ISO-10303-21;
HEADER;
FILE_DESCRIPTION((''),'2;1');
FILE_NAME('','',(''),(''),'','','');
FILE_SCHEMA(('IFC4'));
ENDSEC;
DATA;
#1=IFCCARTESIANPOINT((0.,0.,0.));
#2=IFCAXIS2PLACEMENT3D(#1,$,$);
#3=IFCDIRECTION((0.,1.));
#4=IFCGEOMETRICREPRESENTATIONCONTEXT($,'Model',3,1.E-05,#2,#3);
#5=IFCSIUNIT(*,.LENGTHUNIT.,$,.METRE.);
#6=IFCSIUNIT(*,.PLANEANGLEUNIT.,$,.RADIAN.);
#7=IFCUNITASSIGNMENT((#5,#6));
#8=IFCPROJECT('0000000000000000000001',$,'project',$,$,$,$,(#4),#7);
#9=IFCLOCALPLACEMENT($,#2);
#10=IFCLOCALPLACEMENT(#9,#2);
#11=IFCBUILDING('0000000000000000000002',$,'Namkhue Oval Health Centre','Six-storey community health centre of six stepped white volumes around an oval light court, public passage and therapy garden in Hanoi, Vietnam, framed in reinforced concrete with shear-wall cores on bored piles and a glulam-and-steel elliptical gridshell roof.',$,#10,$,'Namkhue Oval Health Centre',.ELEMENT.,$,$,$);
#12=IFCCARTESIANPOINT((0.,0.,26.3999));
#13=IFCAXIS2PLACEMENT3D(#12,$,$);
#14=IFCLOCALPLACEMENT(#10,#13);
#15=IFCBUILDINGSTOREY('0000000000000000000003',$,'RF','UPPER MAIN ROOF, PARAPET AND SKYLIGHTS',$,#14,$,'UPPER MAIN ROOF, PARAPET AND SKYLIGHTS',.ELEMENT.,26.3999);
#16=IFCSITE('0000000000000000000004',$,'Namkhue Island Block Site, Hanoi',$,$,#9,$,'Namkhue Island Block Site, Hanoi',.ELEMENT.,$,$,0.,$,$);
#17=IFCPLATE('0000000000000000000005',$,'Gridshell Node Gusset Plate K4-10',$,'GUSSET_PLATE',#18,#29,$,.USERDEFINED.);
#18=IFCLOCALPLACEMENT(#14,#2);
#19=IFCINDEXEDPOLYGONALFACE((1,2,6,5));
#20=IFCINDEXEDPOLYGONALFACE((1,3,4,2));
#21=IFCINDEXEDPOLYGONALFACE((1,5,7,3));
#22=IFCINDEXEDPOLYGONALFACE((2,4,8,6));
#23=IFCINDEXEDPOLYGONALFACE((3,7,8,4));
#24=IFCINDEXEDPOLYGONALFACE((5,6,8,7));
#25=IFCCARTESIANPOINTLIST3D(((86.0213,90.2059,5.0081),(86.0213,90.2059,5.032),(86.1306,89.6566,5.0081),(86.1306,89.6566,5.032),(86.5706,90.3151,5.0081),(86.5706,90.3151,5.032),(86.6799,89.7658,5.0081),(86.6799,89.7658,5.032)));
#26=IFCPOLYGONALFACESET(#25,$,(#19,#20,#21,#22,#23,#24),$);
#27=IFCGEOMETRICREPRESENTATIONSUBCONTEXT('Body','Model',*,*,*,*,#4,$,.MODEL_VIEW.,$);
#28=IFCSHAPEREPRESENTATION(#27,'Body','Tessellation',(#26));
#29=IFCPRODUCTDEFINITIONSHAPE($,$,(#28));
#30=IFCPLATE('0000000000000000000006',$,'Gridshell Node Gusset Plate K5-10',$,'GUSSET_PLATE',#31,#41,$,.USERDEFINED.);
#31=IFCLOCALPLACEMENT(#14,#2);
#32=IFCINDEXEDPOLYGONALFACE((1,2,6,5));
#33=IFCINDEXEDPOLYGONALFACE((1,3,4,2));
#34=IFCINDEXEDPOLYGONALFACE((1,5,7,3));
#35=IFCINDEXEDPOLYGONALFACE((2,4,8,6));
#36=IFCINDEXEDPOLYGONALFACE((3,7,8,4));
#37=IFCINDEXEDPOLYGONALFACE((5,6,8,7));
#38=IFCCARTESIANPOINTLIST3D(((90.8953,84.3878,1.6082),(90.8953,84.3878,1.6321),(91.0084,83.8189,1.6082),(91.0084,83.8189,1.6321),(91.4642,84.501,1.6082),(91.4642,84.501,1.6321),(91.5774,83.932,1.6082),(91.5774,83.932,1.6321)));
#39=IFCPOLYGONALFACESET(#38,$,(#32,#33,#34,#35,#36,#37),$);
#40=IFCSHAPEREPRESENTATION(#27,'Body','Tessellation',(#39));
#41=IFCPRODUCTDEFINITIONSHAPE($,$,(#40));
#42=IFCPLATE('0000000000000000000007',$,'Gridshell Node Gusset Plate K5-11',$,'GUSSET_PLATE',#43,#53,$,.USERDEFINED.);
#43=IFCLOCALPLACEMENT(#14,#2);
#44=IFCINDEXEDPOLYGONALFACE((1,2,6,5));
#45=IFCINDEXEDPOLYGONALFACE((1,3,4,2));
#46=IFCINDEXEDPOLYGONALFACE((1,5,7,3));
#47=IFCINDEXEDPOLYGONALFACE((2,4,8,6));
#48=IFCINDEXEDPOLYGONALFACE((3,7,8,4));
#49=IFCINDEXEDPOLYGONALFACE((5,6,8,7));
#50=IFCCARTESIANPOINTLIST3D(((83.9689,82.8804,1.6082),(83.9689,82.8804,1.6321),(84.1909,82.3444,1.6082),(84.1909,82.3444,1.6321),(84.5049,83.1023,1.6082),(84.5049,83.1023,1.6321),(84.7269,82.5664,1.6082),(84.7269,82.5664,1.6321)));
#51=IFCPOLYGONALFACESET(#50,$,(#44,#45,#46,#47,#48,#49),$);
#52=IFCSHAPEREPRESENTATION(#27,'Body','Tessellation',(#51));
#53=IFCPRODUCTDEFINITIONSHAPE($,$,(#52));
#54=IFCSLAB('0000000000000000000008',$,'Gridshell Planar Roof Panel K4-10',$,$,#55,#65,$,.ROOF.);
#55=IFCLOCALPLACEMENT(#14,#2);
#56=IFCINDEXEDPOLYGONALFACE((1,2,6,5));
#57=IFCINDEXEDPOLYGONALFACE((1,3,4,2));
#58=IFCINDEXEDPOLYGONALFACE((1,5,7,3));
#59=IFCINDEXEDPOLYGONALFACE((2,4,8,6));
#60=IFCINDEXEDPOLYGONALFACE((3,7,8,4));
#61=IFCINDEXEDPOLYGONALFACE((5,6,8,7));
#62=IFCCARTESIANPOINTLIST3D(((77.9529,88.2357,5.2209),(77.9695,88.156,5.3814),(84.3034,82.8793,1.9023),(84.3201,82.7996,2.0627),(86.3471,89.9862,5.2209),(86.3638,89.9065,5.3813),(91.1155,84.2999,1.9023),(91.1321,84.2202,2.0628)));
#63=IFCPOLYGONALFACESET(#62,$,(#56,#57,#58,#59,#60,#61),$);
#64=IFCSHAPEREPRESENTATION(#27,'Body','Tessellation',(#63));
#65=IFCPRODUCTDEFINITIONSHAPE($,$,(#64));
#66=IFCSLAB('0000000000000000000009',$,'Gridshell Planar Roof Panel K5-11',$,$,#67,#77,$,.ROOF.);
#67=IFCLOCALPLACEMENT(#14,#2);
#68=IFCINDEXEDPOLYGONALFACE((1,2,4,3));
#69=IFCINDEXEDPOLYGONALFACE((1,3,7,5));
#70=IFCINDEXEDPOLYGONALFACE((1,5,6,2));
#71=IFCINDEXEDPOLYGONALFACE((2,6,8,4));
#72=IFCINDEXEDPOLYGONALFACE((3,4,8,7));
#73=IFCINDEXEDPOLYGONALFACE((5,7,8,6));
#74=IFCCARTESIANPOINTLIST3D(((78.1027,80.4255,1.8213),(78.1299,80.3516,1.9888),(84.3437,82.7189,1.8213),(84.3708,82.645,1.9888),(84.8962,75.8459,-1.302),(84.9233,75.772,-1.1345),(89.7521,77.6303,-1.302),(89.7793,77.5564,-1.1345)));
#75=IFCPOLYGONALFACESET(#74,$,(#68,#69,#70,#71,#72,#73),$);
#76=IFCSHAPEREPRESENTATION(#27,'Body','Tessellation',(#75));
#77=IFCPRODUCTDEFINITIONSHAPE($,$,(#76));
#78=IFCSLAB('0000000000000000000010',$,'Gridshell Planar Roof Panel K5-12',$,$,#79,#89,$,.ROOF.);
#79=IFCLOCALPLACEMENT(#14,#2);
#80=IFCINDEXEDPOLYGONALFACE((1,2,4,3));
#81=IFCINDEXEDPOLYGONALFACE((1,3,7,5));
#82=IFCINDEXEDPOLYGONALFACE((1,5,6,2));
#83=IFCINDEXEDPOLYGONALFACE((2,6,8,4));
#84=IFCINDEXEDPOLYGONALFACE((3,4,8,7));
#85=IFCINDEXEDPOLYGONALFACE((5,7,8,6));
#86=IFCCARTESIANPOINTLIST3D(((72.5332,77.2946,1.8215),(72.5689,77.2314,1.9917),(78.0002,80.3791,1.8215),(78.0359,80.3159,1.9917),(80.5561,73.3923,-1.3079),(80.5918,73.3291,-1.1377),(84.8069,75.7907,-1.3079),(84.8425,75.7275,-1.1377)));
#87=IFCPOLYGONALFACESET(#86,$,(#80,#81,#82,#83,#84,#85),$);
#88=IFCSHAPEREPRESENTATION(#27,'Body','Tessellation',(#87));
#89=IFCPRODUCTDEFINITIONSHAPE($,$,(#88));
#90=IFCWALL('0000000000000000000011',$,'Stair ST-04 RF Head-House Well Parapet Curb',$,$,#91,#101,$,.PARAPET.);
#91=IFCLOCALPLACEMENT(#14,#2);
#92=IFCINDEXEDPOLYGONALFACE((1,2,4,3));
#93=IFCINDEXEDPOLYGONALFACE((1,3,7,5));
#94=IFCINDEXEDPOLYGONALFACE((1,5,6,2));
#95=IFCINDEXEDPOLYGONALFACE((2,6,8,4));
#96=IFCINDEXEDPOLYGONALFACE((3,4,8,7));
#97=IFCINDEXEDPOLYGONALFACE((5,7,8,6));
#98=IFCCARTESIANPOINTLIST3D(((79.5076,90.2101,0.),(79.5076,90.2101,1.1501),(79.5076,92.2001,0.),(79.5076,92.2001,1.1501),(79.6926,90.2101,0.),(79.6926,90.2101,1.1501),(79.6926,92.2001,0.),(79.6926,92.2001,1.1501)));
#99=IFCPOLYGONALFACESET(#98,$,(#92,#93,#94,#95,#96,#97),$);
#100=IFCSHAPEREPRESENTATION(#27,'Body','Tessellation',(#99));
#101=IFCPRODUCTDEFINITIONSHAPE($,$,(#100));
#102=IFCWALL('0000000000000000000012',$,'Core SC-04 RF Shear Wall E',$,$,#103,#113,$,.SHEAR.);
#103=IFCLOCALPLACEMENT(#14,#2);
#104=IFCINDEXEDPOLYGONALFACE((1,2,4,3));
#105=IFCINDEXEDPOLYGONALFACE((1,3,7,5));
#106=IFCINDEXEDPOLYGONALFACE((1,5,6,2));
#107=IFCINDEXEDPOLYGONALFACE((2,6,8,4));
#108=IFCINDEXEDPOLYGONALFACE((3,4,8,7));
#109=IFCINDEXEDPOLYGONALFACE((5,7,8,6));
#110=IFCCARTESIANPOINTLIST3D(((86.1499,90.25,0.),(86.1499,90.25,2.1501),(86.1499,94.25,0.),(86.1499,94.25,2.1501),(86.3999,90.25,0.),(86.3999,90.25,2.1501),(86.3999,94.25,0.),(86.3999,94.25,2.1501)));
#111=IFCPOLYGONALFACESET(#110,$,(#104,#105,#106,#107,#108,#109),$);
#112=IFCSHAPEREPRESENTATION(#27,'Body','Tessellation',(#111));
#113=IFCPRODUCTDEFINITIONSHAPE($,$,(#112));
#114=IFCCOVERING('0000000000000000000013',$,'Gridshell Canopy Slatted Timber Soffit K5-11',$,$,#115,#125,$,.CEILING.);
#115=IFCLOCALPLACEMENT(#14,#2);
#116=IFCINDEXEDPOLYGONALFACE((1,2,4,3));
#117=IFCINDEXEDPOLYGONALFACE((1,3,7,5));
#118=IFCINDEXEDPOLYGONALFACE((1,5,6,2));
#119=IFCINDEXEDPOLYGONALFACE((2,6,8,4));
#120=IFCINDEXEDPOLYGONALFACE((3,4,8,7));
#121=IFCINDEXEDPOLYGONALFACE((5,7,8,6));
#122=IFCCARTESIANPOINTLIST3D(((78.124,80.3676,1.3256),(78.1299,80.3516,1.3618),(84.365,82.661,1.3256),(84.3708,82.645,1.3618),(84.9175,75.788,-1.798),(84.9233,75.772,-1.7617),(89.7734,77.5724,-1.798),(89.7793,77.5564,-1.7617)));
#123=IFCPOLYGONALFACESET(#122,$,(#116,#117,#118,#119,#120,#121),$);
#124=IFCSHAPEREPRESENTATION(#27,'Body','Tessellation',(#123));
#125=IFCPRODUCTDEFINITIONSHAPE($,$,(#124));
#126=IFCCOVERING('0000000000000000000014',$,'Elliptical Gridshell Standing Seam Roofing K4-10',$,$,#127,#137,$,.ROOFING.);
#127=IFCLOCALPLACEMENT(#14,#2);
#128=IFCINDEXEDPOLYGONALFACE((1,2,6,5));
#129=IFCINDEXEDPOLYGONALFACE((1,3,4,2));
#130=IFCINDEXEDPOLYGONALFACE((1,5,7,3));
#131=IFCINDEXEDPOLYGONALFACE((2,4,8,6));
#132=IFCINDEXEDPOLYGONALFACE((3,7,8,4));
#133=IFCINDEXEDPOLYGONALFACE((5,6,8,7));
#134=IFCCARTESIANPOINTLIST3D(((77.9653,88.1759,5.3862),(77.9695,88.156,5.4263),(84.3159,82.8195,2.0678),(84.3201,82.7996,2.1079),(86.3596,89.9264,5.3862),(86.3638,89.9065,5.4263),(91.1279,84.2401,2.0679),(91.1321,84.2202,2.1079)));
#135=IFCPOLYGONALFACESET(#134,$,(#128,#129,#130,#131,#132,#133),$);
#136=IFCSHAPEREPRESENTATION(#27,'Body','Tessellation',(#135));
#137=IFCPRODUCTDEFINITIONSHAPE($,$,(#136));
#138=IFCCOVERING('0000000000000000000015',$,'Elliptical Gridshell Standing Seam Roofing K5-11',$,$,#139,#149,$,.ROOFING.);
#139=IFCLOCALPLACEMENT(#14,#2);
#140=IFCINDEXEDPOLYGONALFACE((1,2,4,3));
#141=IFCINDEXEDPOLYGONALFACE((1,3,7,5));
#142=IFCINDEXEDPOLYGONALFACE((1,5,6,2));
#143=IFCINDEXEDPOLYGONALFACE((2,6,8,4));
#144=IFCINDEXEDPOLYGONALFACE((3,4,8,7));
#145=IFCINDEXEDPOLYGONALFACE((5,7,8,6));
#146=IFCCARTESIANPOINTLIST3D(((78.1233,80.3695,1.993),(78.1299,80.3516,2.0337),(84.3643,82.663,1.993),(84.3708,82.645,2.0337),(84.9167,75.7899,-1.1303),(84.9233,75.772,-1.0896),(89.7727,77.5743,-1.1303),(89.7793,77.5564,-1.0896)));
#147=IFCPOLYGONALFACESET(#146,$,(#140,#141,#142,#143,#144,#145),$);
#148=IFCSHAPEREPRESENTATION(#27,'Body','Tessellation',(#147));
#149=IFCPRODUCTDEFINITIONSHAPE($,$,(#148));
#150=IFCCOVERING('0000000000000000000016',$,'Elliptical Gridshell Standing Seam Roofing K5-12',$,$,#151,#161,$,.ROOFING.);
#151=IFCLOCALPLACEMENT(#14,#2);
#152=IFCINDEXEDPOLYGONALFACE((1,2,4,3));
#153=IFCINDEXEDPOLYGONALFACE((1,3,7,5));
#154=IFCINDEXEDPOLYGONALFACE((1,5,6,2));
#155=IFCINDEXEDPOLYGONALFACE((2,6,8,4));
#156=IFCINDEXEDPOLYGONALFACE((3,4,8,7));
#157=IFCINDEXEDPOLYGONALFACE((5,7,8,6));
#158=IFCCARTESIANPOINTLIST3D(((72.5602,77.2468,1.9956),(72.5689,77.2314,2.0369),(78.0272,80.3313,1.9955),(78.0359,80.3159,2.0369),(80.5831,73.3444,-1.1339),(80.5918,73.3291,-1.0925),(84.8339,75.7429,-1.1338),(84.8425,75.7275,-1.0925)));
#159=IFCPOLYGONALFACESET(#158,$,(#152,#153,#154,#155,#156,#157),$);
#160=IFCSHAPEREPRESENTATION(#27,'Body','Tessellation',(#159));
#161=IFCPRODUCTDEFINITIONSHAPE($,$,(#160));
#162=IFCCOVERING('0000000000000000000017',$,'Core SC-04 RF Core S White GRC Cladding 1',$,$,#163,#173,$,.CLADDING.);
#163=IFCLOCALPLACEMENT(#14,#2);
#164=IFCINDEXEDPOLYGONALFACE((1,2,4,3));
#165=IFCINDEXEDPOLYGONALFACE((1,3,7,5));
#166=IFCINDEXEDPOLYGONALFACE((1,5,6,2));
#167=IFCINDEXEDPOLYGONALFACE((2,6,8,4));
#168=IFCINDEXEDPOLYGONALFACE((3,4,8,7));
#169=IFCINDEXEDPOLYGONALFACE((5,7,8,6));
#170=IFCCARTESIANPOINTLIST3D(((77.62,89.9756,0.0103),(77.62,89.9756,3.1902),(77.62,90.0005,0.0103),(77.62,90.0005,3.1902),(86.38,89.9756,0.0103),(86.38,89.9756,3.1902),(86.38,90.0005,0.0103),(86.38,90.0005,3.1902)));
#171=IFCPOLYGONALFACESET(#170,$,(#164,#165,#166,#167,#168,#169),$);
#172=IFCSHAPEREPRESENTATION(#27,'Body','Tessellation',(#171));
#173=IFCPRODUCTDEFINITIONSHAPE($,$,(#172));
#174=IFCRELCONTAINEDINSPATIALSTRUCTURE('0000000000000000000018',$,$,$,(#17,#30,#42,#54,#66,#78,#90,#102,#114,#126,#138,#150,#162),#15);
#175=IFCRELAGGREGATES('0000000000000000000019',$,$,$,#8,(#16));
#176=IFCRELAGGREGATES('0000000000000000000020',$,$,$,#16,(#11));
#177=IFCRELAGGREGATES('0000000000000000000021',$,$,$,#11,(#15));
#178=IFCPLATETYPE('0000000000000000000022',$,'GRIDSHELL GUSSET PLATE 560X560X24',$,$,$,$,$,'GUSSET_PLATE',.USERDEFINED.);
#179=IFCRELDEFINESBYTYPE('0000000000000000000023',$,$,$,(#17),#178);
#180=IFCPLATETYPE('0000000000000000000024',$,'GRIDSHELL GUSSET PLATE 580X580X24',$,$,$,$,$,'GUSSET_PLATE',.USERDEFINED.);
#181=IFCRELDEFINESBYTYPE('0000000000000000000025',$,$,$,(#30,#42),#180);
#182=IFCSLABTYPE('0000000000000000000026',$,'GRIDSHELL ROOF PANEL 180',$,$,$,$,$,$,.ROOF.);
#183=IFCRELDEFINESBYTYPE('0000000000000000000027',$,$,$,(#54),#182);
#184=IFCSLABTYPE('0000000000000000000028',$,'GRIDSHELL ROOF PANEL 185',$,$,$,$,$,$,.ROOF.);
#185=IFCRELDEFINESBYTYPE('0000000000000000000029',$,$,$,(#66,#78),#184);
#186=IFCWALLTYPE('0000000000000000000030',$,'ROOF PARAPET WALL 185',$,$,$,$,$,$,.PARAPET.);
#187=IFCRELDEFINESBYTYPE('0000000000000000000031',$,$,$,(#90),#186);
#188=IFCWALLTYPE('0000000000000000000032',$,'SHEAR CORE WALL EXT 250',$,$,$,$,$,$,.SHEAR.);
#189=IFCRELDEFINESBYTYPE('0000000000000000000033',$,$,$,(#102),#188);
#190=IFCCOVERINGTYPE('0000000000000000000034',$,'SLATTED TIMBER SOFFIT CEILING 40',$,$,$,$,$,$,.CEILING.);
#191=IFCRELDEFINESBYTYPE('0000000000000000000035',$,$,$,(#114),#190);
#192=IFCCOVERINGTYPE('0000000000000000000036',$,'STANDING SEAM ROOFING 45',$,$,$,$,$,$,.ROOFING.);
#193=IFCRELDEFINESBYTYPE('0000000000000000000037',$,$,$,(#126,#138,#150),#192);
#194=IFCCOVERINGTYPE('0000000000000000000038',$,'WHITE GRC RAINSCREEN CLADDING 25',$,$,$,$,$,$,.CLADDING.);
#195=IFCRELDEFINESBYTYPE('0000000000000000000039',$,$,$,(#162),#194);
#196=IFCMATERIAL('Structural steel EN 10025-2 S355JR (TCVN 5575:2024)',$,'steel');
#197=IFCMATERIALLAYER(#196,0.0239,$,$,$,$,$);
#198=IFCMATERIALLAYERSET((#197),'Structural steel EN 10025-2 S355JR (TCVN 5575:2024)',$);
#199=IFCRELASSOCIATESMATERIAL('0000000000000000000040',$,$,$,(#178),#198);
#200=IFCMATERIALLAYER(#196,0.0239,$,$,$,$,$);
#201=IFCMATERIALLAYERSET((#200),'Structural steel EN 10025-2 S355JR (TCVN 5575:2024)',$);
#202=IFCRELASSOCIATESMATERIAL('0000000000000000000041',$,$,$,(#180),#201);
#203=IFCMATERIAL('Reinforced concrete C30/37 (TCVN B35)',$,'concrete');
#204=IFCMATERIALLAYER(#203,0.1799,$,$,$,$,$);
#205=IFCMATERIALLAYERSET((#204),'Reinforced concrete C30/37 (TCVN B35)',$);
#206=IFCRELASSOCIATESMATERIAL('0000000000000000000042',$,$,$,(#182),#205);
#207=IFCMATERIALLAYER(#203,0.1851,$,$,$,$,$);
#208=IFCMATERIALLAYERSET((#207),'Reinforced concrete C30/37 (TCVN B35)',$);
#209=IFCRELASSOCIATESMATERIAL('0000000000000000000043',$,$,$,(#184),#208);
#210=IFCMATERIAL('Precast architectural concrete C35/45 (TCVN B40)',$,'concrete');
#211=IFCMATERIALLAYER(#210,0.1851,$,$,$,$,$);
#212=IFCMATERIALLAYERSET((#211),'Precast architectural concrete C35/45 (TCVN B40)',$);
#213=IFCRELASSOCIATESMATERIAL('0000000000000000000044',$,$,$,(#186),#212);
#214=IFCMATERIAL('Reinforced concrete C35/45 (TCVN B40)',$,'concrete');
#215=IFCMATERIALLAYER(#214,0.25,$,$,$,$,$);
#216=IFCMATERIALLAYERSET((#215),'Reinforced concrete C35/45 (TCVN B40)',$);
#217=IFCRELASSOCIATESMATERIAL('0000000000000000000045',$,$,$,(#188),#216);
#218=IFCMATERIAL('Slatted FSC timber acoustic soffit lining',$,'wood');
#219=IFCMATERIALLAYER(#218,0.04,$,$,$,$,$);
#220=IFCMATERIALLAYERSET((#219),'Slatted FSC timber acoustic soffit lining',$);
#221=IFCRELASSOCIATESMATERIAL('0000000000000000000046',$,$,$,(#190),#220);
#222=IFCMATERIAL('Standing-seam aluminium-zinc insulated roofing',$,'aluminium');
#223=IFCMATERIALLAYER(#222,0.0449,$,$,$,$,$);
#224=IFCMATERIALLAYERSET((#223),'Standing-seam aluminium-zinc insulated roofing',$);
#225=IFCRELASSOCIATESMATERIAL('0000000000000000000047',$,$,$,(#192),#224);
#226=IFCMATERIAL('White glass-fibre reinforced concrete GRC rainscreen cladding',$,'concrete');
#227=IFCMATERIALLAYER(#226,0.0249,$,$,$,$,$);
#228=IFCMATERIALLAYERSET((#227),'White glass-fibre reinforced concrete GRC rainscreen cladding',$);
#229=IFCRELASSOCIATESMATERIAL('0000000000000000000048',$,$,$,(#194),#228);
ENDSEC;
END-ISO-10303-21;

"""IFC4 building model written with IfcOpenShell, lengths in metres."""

from ifc_helpers import new_model, si_unit, direction, frame, frame_2d, origin, origin_2d, place, context, subcontext, project, spatial, polyline, rectangle, outline, extrude, material, layer, layer_set, type_object, element, save


model = new_model("IFC4")

# Units and contexts
model_context = context("Model", 3, precision=1e-05, world=origin(), true_north=direction((0.0, 1.0)))
body_context = subcontext(model_context, "Body", "Model", "MODEL_VIEW")
ifc_project = project(units=[si_unit("LENGTHUNIT", "METRE"), si_unit("PLANEANGLEUNIT", "RADIAN")], contexts=[model_context])

# Site, building, storey
site_placement = place(None, origin())
site = spatial("IfcSite", under=ifc_project, at=site_placement, Name="Namkhue Island Block Site, Hanoi", LongName="Namkhue Island Block Site, Hanoi", CompositionType="ELEMENT", RefElevation=0.0)
building_placement = place(site_placement, origin())
building = spatial("IfcBuilding", under=site, at=building_placement, Name="Namkhue Oval Health Centre", Description="Six-storey community health centre of six stepped white volumes around an oval light court, public passage and therapy garden in Hanoi, Vietnam, framed in reinforced concrete with shear-wall cores on bored piles and a glulam-and-steel elliptical gridshell roof.", LongName="Namkhue Oval Health Centre", CompositionType="ELEMENT")
storey_placement = place(building_placement, frame((0.0, 0.0, 26.3999)))
storey = spatial("IfcBuildingStorey", under=building, at=storey_placement, Name="RF", Description="UPPER MAIN ROOF, PARAPET AND SKYLIGHTS", LongName="UPPER MAIN ROOF, PARAPET AND SKYLIGHTS", CompositionType="ELEMENT", Elevation=26.3999)

# Shared definitions
ifc_material_1 = material(Name="Structural steel EN 10025-2 S355JR (TCVN 5575:2024)", Category="steel")

# Plates
ifc_layer_1 = layer(ifc_material_1, 0.0239)
ifc_layer_set_1 = layer_set([ifc_layer_1], Name="Structural steel EN 10025-2 S355JR (TCVN 5575:2024)")
plate_type_1 = type_object("IfcPlateType", Name="GRIDSHELL GUSSET PLATE 560X560X24", ElementType="GUSSET_PLATE", PredefinedType="USERDEFINED", material=ifc_layer_set_1)
plate_placement = place(storey_placement, frame((86.3506, 89.9858, 5.0081), z_axis=(0.0, 0.0, 1.0), x_axis=(-0.19509, 0.980785, 0.0)))
element("IfcPlate", 1, at=plate_placement, inside=storey, type_object=plate_type_1, Name="Gridshell Node Gusset Plate K4-10", ObjectType="GUSSET_PLATE", PredefinedType="USERDEFINED", context=body_context, shape_type="SweptSolid", body=[
    extrude(rectangle(XDim=0.5601, YDim=0.5601, at=origin_2d()), origin(), (0.0, 0.0, 1.0), 0.0239),
])
ifc_layer_2 = layer(ifc_material_1, 0.0239)
ifc_layer_set_2 = layer_set([ifc_layer_2], Name="Structural steel EN 10025-2 S355JR (TCVN 5575:2024)")
plate_type_2 = type_object("IfcPlateType", Name="GRIDSHELL GUSSET PLATE 580X580X24", ElementType="GUSSET_PLATE", PredefinedType="USERDEFINED", material=ifc_layer_set_2)
for number, where, z_axis, x_axis, name in (
    (2, (91.2363, 84.1599, 1.6082), (0.0, 0.0, 1.0), (-0.19509, 0.980785, 0.0), "Gridshell Node Gusset Plate K5-10"),
    (3, (84.3479, 82.7234, 1.6082), (0.0, 0.0, 1.0), (-0.382683, 0.92388, 0.0), "Gridshell Node Gusset Plate K5-11"),
):
    element("IfcPlate", number, at=place(storey_placement, frame(where, z_axis=z_axis, x_axis=x_axis)), inside=storey, type_object=plate_type_2, Name=name, ObjectType="GUSSET_PLATE", PredefinedType="USERDEFINED", context=body_context, shape_type="SweptSolid", body=[
        extrude(rectangle(XDim=0.5801, YDim=0.5801, at=origin_2d()), origin(), (0.0, 0.0, 1.0), 0.0239),
    ])

# Slabs
ifc_material_2 = material(Name="Reinforced concrete C30/37 (TCVN B35)", Category="concrete")
ifc_layer_3 = layer(ifc_material_2, 0.1799)
ifc_layer_set_3 = layer_set([ifc_layer_3], Name="Reinforced concrete C30/37 (TCVN B35)")
slab_type_1 = type_object("IfcSlabType", Name="GRIDSHELL ROOF PANEL 180", PredefinedType="ROOF", material=ifc_layer_set_3)
slab_1_placement = place(storey_placement, frame((86.3638, 89.9065, 5.3813), z_axis=(0.092379, -0.442976, 0.891762), x_axis=(-0.978941, -0.204143, 0.000003)))
element("IfcSlab", 4, at=slab_1_placement, inside=storey, type_object=slab_type_1, Name="Gridshell Planar Roof Panel K4-10", PredefinedType="ROOF", context=body_context, shape_type="SweptSolid", body=[
    extrude(outline(polyline([(0.0, 0.0), (8.5749, 0.0), (3.4515, 7.3339), (-3.5071, 7.3338), (0.0, 0.0)])), origin(), (0.0, 0.0, -1.0), 0.1799),
])
ifc_layer_4 = layer(ifc_material_2, 0.1851)
ifc_layer_set_4 = layer_set([ifc_layer_4], Name="Reinforced concrete C30/37 (TCVN B35)")
slab_type_2 = type_object("IfcSlabType", Name="GRIDSHELL ROOF PANEL 185", PredefinedType="ROOF", material=ifc_layer_set_4)
slab_2_placement = place(storey_placement, frame((84.3708, 82.645, 1.9888), z_axis=(0.146781, -0.399428, 0.904938), x_axis=(-0.938628, -0.34493, -0.000002)))
element("IfcSlab", 5, at=slab_2_placement, inside=storey, type_object=slab_type_2, Name="Gridshell Planar Roof Panel K5-11", PredefinedType="ROOF", context=body_context, shape_type="SweptSolid", body=[
    extrude(outline(polyline([(0.0, 0.0), (6.649, 0.0), (1.8521, 7.3395), (-3.3213, 7.3396), (0.0, 0.0)])), origin(), (0.0, 0.0, -1.0), 0.1851),
])
slab_3_placement = place(storey_placement, frame((78.0359, 80.3159, 1.9917), z_axis=(0.192698, -0.341532, 0.919904), x_axis=(-0.870943, -0.491384, 0.000006)))
element("IfcSlab", 6, at=slab_3_placement, inside=storey, type_object=slab_type_2, Name="Gridshell Planar Roof Panel K5-12", PredefinedType="ROOF", context=body_context, shape_type="SweptSolid", body=[
    extrude(outline(polyline([(0.0, 0.0), (6.2771, 0.0), (1.2071, 7.9802), (-3.6736, 7.9801), (0.0, 0.0)])), origin(), (0.0, 0.0, -1.0), 0.1851),
])

# Walls
ifc_material_3 = material(Name="Precast architectural concrete C35/45 (TCVN B40)", Category="concrete")
ifc_layer_5 = layer(ifc_material_3, 0.1851)
ifc_layer_set_5 = layer_set([ifc_layer_5], Name="Precast architectural concrete C35/45 (TCVN B40)")
wall_type_1 = type_object("IfcWallType", Name="ROOF PARAPET WALL 185", PredefinedType="PARAPET", material=ifc_layer_set_5)
wall_1_placement = place(storey_placement, frame((79.6001, 90.21, 0.0), z_axis=(0.0, 0.0, 1.0), x_axis=(0.0, 1.0, 0.0)))
element("IfcWall", 7, at=wall_1_placement, inside=storey, type_object=wall_type_1, Name="Stair ST-04 RF Head-House Well Parapet Curb", PredefinedType="PARAPET", context=body_context, shape_type="SweptSolid", body=[
    extrude(rectangle(XDim=1.99, YDim=0.1851, at=frame_2d((0.9951, 0.0))), origin(), (0.0, 0.0, 1.0), 1.1501),
])
ifc_material_4 = material(Name="Reinforced concrete C35/45 (TCVN B40)", Category="concrete")
ifc_layer_6 = layer(ifc_material_4, 0.25)
ifc_layer_set_6 = layer_set([ifc_layer_6], Name="Reinforced concrete C35/45 (TCVN B40)")
wall_type_2 = type_object("IfcWallType", Name="SHEAR CORE WALL EXT 250", PredefinedType="SHEAR", material=ifc_layer_set_6)
wall_2_placement = place(storey_placement, frame((86.2749, 90.25, 0.0), z_axis=(0.0, 0.0, 1.0), x_axis=(0.0, 1.0, 0.0)))
element("IfcWall", 8, at=wall_2_placement, inside=storey, type_object=wall_type_2, Name="Core SC-04 RF Shear Wall E", PredefinedType="SHEAR", context=body_context, shape_type="SweptSolid", body=[
    extrude(rectangle(XDim=4.0, YDim=0.25, at=frame_2d((2.0, 0.0))), origin(), (0.0, 0.0, 1.0), 2.1501),
])

# Coverings
ifc_material_5 = material(Name="Slatted FSC timber acoustic soffit lining", Category="wood")
ifc_layer_7 = layer(ifc_material_5, 0.04)
ifc_layer_set_7 = layer_set([ifc_layer_7], Name="Slatted FSC timber acoustic soffit lining")
covering_type_1 = type_object("IfcCoveringType", Name="SLATTED TIMBER SOFFIT CEILING 40", PredefinedType="CEILING", material=ifc_layer_set_7)
covering_1_placement = place(storey_placement, frame((84.3708, 82.645, 1.3618), z_axis=(0.146791, -0.399454, 0.904925), x_axis=(-0.938628, -0.34493, -0.000002)))
element("IfcCovering", 9, at=covering_1_placement, inside=storey, type_object=covering_type_1, Name="Gridshell Canopy Slatted Timber Soffit K5-11", PredefinedType="CEILING", context=body_context, shape_type="SweptSolid", body=[
    extrude(outline(polyline([(0.0, 0.0), (6.649, 0.0), (1.8521, 7.3396), (-3.3213, 7.3397), (0.0, 0.0)])), origin(), (0.0, 0.0, -1.0), 0.04),
])
ifc_material_6 = material(Name="Standing-seam aluminium-zinc insulated roofing", Category="aluminium")
ifc_layer_8 = layer(ifc_material_6, 0.0449)
ifc_layer_set_8 = layer_set([ifc_layer_8], Name="Standing-seam aluminium-zinc insulated roofing")
covering_type_2 = type_object("IfcCoveringType", Name="STANDING SEAM ROOFING 45", PredefinedType="ROOFING", material=ifc_layer_set_8)
covering_2_placement = place(storey_placement, frame((86.3638, 89.9065, 5.4263), z_axis=(0.092373, -0.44295, 0.891775), x_axis=(-0.978941, -0.204143, 0.000003)))
element("IfcCovering", 10, at=covering_2_placement, inside=storey, type_object=covering_type_2, Name="Elliptical Gridshell Standing Seam Roofing K4-10", PredefinedType="ROOFING", context=body_context, shape_type="SweptSolid", body=[
    extrude(outline(polyline([(0.0, 0.0), (8.5749, 0.0), (3.4515, 7.3338), (-3.5071, 7.3336), (0.0, 0.0)])), origin(), (0.0, 0.0, -1.0), 0.0449),
])
covering_3_placement = place(storey_placement, frame((84.3708, 82.645, 2.0337), z_axis=(0.146781, -0.399428, 0.904938), x_axis=(-0.938628, -0.34493, -0.000002)))
element("IfcCovering", 11, at=covering_3_placement, inside=storey, type_object=covering_type_2, Name="Elliptical Gridshell Standing Seam Roofing K5-11", PredefinedType="ROOFING", context=body_context, shape_type="SweptSolid", body=[
    extrude(outline(polyline([(0.0, 0.0), (6.649, 0.0), (1.8521, 7.3395), (-3.3213, 7.3396), (0.0, 0.0)])), origin(), (0.0, 0.0, -1.0), 0.0449),
])
covering_4_placement = place(storey_placement, frame((78.0359, 80.3159, 2.0369), z_axis=(0.192698, -0.341532, 0.919904), x_axis=(-0.870943, -0.491384, 0.000006)))
element("IfcCovering", 12, at=covering_4_placement, inside=storey, type_object=covering_type_2, Name="Elliptical Gridshell Standing Seam Roofing K5-12", PredefinedType="ROOFING", context=body_context, shape_type="SweptSolid", body=[
    extrude(outline(polyline([(0.0, 0.0), (6.2771, 0.0), (1.2071, 7.9802), (-3.6736, 7.9801), (0.0, 0.0)])), origin(), (0.0, 0.0, -1.0), 0.0449),
])
ifc_material_7 = material(Name="White glass-fibre reinforced concrete GRC rainscreen cladding", Category="concrete")
ifc_layer_9 = layer(ifc_material_7, 0.0249)
ifc_layer_set_9 = layer_set([ifc_layer_9], Name="White glass-fibre reinforced concrete GRC rainscreen cladding")
covering_type_3 = type_object("IfcCoveringType", Name="WHITE GRC RAINSCREEN CLADDING 25", PredefinedType="CLADDING", material=ifc_layer_set_9)
covering_5_placement = place(storey_placement, frame((82.0, 89.988, 0.0103), z_axis=(0.0, 0.0, 1.0), x_axis=(1.0, 0.0, 0.0)))
element("IfcCovering", 13, at=covering_5_placement, inside=storey, type_object=covering_type_3, Name="Core SC-04 RF Core S White GRC Cladding 1", PredefinedType="CLADDING", context=body_context, shape_type="SweptSolid", body=[
    extrude(rectangle(XDim=8.76, YDim=0.0249, at=origin_2d()), origin(), (0.0, 0.0, 1.0), 3.1799),
])

save(model, "model.ifc")
